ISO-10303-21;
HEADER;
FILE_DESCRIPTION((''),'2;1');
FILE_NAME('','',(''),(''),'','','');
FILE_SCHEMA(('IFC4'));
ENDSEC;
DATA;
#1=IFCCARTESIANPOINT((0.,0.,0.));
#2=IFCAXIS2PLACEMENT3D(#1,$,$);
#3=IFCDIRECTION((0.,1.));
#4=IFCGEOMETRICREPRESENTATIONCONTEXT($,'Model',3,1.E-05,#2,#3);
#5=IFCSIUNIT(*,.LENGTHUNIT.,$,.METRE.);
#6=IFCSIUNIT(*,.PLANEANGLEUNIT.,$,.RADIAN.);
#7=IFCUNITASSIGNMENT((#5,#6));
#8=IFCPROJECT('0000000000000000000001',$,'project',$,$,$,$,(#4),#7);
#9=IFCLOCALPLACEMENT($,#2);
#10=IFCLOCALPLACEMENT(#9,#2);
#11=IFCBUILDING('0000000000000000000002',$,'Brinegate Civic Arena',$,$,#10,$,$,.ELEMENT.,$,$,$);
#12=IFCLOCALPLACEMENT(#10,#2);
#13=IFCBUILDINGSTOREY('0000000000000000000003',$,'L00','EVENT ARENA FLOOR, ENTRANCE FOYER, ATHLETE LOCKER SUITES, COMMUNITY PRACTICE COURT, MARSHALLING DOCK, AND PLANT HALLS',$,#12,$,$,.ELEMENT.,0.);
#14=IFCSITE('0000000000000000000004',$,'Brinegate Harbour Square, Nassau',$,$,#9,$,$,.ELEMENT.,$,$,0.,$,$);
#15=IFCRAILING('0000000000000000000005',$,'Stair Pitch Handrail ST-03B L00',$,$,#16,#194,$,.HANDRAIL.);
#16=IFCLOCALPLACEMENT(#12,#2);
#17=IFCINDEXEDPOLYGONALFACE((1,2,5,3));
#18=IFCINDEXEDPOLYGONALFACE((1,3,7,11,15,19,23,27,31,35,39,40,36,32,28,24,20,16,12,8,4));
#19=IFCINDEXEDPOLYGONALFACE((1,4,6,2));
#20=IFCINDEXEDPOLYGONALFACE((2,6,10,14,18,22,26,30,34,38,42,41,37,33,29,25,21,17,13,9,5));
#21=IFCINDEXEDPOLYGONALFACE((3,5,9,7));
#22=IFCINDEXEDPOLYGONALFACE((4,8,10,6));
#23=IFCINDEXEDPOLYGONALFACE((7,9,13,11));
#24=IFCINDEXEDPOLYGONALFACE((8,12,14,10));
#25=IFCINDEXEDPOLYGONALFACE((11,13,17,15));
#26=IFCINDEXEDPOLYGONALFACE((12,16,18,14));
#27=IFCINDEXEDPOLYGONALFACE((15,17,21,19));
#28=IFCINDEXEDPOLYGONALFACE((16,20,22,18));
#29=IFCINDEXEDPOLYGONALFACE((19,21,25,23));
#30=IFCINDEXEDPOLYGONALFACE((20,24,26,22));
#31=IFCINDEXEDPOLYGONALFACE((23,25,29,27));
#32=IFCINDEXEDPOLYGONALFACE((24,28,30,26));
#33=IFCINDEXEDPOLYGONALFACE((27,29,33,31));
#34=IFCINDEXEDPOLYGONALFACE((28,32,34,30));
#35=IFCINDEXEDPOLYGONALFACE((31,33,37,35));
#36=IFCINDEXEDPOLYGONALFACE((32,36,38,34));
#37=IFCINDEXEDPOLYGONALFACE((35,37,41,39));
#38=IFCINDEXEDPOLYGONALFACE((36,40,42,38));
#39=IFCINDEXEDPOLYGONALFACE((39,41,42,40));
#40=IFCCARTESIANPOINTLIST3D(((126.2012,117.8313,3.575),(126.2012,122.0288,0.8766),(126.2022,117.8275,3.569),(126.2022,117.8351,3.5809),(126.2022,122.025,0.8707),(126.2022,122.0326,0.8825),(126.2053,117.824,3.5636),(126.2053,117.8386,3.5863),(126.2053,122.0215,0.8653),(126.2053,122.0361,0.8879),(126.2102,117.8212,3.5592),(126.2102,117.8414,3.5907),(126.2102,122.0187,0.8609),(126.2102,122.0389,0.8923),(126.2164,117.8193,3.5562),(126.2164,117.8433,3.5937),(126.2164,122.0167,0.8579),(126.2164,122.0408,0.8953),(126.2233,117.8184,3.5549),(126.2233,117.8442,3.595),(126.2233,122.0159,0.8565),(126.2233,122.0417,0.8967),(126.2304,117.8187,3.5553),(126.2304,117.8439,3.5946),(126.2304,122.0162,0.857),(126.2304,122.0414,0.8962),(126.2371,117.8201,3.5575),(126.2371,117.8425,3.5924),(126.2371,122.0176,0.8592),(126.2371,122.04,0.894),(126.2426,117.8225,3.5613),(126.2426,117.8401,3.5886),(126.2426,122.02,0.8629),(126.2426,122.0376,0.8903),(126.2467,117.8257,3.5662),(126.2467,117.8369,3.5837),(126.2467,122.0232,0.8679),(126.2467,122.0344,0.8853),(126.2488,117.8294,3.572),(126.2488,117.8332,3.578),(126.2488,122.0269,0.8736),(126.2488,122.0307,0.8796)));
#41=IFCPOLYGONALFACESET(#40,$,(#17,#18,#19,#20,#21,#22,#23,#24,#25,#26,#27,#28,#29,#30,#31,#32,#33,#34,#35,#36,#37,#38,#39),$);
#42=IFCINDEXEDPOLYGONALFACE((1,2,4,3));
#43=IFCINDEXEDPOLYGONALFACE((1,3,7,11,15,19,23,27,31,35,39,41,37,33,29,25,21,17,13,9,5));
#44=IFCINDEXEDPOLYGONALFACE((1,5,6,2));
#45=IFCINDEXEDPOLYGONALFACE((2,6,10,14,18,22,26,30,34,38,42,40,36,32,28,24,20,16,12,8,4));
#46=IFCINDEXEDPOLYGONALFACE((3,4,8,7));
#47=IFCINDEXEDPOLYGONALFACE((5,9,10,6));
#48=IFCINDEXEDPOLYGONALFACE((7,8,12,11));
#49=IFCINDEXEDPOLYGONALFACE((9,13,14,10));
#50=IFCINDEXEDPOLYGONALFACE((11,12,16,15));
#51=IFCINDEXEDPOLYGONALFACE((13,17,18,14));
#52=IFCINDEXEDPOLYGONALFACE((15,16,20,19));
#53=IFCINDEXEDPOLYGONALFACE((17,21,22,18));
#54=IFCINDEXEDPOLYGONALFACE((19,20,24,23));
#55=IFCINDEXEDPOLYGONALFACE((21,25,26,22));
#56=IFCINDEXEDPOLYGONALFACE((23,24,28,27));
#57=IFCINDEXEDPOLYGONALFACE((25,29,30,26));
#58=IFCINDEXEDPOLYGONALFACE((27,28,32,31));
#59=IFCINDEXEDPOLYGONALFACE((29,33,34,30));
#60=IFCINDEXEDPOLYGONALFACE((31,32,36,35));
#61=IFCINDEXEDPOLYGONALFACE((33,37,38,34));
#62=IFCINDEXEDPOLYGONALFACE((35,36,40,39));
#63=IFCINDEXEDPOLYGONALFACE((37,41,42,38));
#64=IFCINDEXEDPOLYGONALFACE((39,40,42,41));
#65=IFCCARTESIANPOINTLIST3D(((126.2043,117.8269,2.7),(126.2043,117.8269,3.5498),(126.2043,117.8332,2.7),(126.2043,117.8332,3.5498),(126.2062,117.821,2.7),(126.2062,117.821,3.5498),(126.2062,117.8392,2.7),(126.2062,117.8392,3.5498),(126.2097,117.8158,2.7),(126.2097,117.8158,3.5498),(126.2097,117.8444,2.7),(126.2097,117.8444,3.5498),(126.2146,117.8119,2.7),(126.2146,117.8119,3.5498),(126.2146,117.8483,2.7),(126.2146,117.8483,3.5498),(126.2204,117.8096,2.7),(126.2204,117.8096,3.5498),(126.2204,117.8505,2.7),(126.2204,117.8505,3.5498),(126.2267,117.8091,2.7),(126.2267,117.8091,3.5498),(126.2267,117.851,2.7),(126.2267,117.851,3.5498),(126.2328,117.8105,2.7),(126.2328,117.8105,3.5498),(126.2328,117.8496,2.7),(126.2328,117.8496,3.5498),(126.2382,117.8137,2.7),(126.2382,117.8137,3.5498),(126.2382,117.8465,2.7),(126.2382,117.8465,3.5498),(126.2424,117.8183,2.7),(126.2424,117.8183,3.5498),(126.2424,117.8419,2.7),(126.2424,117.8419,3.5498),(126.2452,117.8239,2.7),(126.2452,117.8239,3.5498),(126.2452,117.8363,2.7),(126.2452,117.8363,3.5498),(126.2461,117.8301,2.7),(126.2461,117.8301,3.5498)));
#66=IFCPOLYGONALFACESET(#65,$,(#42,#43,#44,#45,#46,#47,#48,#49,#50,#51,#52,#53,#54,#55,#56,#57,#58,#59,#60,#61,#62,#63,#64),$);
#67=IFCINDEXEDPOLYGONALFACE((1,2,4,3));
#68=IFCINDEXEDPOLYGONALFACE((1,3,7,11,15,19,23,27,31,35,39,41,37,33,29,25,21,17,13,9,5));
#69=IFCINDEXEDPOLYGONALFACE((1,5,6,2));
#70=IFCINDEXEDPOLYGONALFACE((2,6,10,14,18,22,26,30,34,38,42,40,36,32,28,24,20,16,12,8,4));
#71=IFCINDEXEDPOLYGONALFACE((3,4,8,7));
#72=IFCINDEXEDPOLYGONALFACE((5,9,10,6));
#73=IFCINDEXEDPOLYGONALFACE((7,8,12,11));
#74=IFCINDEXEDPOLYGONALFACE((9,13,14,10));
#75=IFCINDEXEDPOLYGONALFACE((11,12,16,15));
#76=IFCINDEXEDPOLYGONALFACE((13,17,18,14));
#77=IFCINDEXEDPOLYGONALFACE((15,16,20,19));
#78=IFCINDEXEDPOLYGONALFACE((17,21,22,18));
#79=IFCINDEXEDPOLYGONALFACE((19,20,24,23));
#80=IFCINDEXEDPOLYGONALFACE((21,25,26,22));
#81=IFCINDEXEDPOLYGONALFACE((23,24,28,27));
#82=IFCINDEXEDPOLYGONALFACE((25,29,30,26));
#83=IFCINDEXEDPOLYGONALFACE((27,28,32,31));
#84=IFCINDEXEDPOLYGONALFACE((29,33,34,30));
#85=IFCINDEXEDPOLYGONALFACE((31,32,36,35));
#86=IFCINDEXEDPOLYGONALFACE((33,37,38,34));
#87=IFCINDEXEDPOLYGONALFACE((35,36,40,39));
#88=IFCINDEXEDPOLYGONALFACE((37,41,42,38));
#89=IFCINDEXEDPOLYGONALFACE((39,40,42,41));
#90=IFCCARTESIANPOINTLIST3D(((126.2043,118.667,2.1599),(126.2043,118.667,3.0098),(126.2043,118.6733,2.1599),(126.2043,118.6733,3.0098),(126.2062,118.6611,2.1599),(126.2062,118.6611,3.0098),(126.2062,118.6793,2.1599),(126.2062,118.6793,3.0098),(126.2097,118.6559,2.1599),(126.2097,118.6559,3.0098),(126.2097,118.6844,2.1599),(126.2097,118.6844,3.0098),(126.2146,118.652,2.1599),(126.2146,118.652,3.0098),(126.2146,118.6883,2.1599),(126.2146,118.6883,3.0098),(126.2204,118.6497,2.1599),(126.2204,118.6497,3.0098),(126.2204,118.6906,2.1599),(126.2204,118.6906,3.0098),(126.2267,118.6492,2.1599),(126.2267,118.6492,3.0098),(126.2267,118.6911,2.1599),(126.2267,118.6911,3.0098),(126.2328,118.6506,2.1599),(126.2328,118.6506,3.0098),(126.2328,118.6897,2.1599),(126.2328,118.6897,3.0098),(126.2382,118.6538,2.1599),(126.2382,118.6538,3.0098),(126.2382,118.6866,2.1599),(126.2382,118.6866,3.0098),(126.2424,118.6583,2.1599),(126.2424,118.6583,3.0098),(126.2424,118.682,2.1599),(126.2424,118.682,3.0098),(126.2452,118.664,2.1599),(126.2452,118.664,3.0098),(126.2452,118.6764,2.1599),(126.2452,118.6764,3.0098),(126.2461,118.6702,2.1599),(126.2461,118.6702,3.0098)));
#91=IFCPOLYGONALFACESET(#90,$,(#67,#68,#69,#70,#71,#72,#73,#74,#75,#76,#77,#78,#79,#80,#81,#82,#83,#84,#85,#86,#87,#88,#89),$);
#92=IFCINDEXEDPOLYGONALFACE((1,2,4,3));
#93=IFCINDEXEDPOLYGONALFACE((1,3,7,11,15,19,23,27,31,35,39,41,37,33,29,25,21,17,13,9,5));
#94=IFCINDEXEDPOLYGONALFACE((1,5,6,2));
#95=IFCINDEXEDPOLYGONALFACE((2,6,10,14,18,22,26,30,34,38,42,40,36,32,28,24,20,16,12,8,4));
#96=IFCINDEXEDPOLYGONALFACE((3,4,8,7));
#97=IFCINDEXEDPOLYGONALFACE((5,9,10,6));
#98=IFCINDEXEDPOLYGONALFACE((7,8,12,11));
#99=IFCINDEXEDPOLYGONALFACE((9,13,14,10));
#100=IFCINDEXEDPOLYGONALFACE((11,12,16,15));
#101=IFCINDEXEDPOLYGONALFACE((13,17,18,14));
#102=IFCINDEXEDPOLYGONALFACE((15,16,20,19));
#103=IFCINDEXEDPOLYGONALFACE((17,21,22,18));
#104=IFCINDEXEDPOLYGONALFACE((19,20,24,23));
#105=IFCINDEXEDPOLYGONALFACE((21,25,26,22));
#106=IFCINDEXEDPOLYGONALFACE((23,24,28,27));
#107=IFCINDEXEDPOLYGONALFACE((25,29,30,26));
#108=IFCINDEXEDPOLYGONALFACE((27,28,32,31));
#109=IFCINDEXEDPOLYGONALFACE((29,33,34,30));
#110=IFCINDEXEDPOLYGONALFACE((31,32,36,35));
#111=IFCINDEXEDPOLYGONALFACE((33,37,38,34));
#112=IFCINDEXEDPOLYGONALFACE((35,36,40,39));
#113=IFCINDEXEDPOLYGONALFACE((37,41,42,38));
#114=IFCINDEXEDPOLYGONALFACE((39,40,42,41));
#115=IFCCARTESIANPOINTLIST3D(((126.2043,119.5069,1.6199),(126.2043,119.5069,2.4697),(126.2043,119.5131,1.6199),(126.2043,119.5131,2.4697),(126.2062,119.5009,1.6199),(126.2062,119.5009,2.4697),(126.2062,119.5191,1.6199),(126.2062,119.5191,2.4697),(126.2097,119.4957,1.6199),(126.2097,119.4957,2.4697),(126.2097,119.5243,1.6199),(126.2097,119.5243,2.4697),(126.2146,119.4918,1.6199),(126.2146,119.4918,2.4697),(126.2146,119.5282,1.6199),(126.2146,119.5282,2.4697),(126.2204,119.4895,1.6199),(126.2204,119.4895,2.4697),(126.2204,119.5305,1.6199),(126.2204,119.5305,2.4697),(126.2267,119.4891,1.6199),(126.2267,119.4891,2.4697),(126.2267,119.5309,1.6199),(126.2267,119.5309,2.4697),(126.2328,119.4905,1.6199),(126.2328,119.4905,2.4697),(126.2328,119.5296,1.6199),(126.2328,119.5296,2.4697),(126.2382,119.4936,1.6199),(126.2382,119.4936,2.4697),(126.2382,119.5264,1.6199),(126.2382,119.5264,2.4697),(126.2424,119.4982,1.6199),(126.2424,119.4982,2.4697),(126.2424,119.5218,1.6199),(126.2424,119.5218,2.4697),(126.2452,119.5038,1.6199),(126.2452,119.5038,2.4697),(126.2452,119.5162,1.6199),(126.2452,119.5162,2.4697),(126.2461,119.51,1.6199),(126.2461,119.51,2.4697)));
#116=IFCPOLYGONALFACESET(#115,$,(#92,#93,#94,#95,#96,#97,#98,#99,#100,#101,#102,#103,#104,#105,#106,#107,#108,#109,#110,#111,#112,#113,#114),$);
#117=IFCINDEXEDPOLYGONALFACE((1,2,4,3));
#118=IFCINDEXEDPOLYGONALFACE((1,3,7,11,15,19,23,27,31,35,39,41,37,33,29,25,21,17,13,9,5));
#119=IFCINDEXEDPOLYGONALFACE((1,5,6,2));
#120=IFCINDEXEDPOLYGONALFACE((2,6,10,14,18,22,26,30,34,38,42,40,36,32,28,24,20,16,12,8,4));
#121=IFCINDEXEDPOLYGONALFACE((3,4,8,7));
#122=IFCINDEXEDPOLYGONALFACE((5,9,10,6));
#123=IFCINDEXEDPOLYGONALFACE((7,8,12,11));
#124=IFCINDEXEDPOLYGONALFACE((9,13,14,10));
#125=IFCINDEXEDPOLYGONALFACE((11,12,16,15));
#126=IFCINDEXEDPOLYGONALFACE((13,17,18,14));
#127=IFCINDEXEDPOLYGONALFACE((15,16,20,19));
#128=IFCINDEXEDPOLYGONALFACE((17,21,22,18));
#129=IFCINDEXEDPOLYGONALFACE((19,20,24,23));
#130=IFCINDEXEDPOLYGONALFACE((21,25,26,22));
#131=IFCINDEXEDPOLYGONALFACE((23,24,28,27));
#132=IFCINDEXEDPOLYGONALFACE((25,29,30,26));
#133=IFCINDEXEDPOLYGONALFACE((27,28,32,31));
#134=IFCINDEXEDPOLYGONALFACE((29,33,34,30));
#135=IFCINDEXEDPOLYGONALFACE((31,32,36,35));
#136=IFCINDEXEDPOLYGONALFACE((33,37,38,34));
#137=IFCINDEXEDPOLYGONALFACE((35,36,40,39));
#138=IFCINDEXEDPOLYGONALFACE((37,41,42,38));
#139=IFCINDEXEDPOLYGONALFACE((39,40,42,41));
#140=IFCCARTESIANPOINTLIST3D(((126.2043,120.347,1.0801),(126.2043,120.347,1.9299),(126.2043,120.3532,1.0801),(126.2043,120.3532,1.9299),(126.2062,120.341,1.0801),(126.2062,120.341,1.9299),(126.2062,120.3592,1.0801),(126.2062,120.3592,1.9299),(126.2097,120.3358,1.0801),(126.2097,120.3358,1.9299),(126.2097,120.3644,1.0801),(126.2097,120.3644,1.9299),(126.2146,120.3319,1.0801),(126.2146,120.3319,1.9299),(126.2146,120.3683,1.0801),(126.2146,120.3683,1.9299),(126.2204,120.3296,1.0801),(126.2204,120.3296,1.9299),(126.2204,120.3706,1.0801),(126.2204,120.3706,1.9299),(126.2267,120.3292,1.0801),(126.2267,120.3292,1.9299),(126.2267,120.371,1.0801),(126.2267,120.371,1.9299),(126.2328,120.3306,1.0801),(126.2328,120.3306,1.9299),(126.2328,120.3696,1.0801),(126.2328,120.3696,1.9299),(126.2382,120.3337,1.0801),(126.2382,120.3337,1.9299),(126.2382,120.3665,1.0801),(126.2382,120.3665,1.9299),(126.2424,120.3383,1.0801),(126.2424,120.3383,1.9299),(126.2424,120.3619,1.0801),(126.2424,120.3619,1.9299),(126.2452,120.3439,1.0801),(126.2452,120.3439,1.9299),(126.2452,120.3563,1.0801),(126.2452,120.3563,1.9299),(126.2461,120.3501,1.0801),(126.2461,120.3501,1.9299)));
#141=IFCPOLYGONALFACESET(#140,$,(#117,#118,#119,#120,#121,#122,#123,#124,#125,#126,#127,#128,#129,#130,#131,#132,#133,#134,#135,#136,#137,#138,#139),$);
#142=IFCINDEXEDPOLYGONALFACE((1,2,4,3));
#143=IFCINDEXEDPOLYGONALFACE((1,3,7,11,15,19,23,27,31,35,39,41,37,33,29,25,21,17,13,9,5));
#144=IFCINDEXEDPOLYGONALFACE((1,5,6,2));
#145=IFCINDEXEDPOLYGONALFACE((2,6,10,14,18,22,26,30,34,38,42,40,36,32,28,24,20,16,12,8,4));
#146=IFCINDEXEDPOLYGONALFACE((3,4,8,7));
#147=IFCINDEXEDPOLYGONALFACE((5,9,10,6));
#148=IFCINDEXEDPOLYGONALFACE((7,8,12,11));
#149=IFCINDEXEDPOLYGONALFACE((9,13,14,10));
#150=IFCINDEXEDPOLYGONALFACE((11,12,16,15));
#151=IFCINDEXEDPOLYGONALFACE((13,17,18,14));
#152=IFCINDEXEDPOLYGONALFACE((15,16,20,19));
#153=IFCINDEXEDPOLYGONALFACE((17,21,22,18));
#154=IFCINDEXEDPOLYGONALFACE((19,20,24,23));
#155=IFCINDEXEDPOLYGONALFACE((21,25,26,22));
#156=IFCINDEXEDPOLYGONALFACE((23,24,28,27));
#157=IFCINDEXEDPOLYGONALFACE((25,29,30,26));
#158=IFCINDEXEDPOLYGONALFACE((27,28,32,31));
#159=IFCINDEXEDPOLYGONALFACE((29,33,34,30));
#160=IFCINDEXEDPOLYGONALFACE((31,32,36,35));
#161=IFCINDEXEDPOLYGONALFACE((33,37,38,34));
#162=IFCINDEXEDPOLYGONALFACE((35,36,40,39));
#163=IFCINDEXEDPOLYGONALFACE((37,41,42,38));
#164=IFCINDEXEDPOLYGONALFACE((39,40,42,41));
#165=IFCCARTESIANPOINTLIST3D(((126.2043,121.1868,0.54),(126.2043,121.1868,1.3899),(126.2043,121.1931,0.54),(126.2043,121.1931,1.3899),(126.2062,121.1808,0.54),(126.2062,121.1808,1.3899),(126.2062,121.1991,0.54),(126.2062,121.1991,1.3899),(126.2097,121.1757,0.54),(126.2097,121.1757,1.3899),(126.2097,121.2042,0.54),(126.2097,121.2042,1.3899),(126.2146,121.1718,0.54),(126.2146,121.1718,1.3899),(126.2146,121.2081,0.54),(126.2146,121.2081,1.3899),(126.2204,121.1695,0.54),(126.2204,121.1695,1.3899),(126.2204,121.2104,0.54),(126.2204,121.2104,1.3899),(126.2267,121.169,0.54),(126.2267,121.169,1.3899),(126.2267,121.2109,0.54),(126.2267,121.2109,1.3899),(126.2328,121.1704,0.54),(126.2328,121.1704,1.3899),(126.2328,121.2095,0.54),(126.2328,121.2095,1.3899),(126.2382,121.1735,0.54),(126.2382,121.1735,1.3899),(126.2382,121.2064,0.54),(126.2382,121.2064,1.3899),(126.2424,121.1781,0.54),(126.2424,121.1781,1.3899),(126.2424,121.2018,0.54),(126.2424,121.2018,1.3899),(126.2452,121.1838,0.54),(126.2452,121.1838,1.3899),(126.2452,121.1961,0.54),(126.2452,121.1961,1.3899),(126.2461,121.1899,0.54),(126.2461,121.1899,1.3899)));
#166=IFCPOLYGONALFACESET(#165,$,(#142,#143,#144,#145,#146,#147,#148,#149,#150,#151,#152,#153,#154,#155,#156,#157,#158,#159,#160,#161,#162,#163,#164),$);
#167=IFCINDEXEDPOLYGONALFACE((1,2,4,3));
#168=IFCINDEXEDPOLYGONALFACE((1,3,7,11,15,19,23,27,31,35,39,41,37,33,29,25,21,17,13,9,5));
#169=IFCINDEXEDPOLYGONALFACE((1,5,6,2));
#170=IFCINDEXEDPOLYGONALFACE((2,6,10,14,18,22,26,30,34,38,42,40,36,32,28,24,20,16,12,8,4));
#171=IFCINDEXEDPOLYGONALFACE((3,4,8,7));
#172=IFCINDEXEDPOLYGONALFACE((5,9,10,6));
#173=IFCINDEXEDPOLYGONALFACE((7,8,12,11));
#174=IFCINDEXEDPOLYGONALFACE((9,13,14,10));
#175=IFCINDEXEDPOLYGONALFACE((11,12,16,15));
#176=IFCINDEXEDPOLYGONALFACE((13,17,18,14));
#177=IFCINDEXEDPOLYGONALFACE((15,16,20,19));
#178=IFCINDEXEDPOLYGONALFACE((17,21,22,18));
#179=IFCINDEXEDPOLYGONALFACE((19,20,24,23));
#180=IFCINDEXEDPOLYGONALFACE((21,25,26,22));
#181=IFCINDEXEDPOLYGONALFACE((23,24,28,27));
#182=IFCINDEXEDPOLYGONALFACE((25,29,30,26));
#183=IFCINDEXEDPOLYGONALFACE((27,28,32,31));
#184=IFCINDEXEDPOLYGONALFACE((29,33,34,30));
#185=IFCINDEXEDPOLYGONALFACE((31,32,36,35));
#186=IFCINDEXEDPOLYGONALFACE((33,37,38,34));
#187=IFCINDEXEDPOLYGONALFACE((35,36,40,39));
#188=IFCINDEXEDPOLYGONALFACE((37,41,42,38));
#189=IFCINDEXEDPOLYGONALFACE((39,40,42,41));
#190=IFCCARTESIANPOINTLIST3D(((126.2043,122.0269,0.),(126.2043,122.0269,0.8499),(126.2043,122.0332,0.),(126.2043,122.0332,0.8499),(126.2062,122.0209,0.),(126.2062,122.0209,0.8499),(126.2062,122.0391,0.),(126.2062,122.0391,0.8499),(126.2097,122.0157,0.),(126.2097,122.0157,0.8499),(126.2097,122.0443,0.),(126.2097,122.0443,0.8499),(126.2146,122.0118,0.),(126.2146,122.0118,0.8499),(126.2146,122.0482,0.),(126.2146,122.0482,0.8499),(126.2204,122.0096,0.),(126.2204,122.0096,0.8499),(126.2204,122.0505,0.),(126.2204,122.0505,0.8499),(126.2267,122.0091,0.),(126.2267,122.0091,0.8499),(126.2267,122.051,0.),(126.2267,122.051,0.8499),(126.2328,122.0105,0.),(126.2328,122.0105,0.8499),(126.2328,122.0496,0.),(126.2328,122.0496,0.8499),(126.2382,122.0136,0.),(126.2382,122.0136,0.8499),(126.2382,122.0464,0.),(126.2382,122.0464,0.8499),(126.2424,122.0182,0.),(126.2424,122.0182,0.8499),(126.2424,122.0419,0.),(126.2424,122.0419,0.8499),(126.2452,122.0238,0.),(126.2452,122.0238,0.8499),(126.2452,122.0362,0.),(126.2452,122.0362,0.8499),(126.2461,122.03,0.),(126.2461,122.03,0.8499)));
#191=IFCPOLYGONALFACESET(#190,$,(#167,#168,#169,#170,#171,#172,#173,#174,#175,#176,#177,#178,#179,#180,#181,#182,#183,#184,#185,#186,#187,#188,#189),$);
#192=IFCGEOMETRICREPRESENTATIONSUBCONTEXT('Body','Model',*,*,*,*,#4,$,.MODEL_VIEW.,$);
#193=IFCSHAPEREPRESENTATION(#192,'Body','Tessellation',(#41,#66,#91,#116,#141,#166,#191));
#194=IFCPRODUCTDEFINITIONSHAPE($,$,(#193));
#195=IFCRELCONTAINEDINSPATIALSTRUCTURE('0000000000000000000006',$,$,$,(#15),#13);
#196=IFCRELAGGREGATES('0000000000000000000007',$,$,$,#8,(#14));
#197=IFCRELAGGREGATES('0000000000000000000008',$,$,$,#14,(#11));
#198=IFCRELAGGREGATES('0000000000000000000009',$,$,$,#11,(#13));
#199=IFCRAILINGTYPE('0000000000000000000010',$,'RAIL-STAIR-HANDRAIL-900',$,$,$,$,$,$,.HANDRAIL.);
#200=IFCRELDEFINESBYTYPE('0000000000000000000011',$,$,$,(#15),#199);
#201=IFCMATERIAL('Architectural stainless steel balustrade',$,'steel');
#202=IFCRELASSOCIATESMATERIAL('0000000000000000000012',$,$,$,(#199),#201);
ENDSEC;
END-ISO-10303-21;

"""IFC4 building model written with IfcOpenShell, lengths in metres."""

from ifc_helpers import new_model, si_unit, direction, frame, origin, origin_2d, place, context, subcontext, project, spatial, circle, extrude, material, type_object, element, save


model = new_model("IFC4")

# Units and contexts
model_context = context("Model", 3, precision=1e-05, world=origin(), true_north=direction((0.0, 1.0)))
body_context = subcontext(model_context, "Body", "Model", "MODEL_VIEW")
ifc_project = project(units=[si_unit("LENGTHUNIT", "METRE"), si_unit("PLANEANGLEUNIT", "RADIAN")], contexts=[model_context])

# Site, building, storey
site_placement = place(None, origin())
site = spatial("IfcSite", under=ifc_project, at=site_placement, Name="Brinegate Harbour Square, Nassau", CompositionType="ELEMENT", RefElevation=0.0)
building_placement = place(site_placement, origin())
building = spatial("IfcBuilding", under=site, at=building_placement, Name="Brinegate Civic Arena", CompositionType="ELEMENT")
storey_placement = place(building_placement, origin())
storey = spatial("IfcBuildingStorey", under=building, at=storey_placement, Name="L00", Description="EVENT ARENA FLOOR, ENTRANCE FOYER, ATHLETE LOCKER SUITES, COMMUNITY PRACTICE COURT, MARSHALLING DOCK, AND PLANT HALLS", CompositionType="ELEMENT", Elevation=0.0)

# Railing
ifc_material_1 = material(Name="Architectural stainless steel balustrade", Category="steel")
railing_type = type_object("IfcRailingType", Name="RAIL-STAIR-HANDRAIL-900", PredefinedType="HANDRAIL", material=ifc_material_1)
railing_placement = place(storey_placement, frame((126.2251, 117.8301, 2.7)))
element("IfcRailing", 1, at=railing_placement, inside=storey, type_object=railing_type, Name="Stair Pitch Handrail ST-03B L00", PredefinedType="HANDRAIL", context=body_context, shape_type="SweptSolid", body=[
    extrude(circle(Radius=0.0239, at=origin_2d()), frame((0.0, 0.0012, 0.875), z_axis=(0.0, 0.84118, -0.540755), x_axis=(-1.0, 0.0, 0.0)), (0.0, 0.0, 1.0), 4.99),
    extrude(circle(Radius=0.021, at=origin_2d()), origin(), (0.0, 0.0, 1.0), 0.8499),
    extrude(circle(Radius=0.021, at=origin_2d()), frame((0.0, 0.8401, -0.54)), (0.0, 0.0, 1.0), 0.8499),
    extrude(circle(Radius=0.021, at=origin_2d()), frame((0.0, 1.6799, -1.0801)), (0.0, 0.0, 1.0), 0.8499),
    extrude(circle(Radius=0.021, at=origin_2d()), frame((0.0, 2.52, -1.6199)), (0.0, 0.0, 1.0), 0.8499),
    extrude(circle(Radius=0.021, at=origin_2d()), frame((0.0, 3.3599, -2.1599)), (0.0, 0.0, 1.0), 0.8499),
    extrude(circle(Radius=0.021, at=origin_2d()), frame((0.0, 4.2, -2.7)), (0.0, 0.0, 1.0), 0.8499),
])

save(model, "model.ifc")
